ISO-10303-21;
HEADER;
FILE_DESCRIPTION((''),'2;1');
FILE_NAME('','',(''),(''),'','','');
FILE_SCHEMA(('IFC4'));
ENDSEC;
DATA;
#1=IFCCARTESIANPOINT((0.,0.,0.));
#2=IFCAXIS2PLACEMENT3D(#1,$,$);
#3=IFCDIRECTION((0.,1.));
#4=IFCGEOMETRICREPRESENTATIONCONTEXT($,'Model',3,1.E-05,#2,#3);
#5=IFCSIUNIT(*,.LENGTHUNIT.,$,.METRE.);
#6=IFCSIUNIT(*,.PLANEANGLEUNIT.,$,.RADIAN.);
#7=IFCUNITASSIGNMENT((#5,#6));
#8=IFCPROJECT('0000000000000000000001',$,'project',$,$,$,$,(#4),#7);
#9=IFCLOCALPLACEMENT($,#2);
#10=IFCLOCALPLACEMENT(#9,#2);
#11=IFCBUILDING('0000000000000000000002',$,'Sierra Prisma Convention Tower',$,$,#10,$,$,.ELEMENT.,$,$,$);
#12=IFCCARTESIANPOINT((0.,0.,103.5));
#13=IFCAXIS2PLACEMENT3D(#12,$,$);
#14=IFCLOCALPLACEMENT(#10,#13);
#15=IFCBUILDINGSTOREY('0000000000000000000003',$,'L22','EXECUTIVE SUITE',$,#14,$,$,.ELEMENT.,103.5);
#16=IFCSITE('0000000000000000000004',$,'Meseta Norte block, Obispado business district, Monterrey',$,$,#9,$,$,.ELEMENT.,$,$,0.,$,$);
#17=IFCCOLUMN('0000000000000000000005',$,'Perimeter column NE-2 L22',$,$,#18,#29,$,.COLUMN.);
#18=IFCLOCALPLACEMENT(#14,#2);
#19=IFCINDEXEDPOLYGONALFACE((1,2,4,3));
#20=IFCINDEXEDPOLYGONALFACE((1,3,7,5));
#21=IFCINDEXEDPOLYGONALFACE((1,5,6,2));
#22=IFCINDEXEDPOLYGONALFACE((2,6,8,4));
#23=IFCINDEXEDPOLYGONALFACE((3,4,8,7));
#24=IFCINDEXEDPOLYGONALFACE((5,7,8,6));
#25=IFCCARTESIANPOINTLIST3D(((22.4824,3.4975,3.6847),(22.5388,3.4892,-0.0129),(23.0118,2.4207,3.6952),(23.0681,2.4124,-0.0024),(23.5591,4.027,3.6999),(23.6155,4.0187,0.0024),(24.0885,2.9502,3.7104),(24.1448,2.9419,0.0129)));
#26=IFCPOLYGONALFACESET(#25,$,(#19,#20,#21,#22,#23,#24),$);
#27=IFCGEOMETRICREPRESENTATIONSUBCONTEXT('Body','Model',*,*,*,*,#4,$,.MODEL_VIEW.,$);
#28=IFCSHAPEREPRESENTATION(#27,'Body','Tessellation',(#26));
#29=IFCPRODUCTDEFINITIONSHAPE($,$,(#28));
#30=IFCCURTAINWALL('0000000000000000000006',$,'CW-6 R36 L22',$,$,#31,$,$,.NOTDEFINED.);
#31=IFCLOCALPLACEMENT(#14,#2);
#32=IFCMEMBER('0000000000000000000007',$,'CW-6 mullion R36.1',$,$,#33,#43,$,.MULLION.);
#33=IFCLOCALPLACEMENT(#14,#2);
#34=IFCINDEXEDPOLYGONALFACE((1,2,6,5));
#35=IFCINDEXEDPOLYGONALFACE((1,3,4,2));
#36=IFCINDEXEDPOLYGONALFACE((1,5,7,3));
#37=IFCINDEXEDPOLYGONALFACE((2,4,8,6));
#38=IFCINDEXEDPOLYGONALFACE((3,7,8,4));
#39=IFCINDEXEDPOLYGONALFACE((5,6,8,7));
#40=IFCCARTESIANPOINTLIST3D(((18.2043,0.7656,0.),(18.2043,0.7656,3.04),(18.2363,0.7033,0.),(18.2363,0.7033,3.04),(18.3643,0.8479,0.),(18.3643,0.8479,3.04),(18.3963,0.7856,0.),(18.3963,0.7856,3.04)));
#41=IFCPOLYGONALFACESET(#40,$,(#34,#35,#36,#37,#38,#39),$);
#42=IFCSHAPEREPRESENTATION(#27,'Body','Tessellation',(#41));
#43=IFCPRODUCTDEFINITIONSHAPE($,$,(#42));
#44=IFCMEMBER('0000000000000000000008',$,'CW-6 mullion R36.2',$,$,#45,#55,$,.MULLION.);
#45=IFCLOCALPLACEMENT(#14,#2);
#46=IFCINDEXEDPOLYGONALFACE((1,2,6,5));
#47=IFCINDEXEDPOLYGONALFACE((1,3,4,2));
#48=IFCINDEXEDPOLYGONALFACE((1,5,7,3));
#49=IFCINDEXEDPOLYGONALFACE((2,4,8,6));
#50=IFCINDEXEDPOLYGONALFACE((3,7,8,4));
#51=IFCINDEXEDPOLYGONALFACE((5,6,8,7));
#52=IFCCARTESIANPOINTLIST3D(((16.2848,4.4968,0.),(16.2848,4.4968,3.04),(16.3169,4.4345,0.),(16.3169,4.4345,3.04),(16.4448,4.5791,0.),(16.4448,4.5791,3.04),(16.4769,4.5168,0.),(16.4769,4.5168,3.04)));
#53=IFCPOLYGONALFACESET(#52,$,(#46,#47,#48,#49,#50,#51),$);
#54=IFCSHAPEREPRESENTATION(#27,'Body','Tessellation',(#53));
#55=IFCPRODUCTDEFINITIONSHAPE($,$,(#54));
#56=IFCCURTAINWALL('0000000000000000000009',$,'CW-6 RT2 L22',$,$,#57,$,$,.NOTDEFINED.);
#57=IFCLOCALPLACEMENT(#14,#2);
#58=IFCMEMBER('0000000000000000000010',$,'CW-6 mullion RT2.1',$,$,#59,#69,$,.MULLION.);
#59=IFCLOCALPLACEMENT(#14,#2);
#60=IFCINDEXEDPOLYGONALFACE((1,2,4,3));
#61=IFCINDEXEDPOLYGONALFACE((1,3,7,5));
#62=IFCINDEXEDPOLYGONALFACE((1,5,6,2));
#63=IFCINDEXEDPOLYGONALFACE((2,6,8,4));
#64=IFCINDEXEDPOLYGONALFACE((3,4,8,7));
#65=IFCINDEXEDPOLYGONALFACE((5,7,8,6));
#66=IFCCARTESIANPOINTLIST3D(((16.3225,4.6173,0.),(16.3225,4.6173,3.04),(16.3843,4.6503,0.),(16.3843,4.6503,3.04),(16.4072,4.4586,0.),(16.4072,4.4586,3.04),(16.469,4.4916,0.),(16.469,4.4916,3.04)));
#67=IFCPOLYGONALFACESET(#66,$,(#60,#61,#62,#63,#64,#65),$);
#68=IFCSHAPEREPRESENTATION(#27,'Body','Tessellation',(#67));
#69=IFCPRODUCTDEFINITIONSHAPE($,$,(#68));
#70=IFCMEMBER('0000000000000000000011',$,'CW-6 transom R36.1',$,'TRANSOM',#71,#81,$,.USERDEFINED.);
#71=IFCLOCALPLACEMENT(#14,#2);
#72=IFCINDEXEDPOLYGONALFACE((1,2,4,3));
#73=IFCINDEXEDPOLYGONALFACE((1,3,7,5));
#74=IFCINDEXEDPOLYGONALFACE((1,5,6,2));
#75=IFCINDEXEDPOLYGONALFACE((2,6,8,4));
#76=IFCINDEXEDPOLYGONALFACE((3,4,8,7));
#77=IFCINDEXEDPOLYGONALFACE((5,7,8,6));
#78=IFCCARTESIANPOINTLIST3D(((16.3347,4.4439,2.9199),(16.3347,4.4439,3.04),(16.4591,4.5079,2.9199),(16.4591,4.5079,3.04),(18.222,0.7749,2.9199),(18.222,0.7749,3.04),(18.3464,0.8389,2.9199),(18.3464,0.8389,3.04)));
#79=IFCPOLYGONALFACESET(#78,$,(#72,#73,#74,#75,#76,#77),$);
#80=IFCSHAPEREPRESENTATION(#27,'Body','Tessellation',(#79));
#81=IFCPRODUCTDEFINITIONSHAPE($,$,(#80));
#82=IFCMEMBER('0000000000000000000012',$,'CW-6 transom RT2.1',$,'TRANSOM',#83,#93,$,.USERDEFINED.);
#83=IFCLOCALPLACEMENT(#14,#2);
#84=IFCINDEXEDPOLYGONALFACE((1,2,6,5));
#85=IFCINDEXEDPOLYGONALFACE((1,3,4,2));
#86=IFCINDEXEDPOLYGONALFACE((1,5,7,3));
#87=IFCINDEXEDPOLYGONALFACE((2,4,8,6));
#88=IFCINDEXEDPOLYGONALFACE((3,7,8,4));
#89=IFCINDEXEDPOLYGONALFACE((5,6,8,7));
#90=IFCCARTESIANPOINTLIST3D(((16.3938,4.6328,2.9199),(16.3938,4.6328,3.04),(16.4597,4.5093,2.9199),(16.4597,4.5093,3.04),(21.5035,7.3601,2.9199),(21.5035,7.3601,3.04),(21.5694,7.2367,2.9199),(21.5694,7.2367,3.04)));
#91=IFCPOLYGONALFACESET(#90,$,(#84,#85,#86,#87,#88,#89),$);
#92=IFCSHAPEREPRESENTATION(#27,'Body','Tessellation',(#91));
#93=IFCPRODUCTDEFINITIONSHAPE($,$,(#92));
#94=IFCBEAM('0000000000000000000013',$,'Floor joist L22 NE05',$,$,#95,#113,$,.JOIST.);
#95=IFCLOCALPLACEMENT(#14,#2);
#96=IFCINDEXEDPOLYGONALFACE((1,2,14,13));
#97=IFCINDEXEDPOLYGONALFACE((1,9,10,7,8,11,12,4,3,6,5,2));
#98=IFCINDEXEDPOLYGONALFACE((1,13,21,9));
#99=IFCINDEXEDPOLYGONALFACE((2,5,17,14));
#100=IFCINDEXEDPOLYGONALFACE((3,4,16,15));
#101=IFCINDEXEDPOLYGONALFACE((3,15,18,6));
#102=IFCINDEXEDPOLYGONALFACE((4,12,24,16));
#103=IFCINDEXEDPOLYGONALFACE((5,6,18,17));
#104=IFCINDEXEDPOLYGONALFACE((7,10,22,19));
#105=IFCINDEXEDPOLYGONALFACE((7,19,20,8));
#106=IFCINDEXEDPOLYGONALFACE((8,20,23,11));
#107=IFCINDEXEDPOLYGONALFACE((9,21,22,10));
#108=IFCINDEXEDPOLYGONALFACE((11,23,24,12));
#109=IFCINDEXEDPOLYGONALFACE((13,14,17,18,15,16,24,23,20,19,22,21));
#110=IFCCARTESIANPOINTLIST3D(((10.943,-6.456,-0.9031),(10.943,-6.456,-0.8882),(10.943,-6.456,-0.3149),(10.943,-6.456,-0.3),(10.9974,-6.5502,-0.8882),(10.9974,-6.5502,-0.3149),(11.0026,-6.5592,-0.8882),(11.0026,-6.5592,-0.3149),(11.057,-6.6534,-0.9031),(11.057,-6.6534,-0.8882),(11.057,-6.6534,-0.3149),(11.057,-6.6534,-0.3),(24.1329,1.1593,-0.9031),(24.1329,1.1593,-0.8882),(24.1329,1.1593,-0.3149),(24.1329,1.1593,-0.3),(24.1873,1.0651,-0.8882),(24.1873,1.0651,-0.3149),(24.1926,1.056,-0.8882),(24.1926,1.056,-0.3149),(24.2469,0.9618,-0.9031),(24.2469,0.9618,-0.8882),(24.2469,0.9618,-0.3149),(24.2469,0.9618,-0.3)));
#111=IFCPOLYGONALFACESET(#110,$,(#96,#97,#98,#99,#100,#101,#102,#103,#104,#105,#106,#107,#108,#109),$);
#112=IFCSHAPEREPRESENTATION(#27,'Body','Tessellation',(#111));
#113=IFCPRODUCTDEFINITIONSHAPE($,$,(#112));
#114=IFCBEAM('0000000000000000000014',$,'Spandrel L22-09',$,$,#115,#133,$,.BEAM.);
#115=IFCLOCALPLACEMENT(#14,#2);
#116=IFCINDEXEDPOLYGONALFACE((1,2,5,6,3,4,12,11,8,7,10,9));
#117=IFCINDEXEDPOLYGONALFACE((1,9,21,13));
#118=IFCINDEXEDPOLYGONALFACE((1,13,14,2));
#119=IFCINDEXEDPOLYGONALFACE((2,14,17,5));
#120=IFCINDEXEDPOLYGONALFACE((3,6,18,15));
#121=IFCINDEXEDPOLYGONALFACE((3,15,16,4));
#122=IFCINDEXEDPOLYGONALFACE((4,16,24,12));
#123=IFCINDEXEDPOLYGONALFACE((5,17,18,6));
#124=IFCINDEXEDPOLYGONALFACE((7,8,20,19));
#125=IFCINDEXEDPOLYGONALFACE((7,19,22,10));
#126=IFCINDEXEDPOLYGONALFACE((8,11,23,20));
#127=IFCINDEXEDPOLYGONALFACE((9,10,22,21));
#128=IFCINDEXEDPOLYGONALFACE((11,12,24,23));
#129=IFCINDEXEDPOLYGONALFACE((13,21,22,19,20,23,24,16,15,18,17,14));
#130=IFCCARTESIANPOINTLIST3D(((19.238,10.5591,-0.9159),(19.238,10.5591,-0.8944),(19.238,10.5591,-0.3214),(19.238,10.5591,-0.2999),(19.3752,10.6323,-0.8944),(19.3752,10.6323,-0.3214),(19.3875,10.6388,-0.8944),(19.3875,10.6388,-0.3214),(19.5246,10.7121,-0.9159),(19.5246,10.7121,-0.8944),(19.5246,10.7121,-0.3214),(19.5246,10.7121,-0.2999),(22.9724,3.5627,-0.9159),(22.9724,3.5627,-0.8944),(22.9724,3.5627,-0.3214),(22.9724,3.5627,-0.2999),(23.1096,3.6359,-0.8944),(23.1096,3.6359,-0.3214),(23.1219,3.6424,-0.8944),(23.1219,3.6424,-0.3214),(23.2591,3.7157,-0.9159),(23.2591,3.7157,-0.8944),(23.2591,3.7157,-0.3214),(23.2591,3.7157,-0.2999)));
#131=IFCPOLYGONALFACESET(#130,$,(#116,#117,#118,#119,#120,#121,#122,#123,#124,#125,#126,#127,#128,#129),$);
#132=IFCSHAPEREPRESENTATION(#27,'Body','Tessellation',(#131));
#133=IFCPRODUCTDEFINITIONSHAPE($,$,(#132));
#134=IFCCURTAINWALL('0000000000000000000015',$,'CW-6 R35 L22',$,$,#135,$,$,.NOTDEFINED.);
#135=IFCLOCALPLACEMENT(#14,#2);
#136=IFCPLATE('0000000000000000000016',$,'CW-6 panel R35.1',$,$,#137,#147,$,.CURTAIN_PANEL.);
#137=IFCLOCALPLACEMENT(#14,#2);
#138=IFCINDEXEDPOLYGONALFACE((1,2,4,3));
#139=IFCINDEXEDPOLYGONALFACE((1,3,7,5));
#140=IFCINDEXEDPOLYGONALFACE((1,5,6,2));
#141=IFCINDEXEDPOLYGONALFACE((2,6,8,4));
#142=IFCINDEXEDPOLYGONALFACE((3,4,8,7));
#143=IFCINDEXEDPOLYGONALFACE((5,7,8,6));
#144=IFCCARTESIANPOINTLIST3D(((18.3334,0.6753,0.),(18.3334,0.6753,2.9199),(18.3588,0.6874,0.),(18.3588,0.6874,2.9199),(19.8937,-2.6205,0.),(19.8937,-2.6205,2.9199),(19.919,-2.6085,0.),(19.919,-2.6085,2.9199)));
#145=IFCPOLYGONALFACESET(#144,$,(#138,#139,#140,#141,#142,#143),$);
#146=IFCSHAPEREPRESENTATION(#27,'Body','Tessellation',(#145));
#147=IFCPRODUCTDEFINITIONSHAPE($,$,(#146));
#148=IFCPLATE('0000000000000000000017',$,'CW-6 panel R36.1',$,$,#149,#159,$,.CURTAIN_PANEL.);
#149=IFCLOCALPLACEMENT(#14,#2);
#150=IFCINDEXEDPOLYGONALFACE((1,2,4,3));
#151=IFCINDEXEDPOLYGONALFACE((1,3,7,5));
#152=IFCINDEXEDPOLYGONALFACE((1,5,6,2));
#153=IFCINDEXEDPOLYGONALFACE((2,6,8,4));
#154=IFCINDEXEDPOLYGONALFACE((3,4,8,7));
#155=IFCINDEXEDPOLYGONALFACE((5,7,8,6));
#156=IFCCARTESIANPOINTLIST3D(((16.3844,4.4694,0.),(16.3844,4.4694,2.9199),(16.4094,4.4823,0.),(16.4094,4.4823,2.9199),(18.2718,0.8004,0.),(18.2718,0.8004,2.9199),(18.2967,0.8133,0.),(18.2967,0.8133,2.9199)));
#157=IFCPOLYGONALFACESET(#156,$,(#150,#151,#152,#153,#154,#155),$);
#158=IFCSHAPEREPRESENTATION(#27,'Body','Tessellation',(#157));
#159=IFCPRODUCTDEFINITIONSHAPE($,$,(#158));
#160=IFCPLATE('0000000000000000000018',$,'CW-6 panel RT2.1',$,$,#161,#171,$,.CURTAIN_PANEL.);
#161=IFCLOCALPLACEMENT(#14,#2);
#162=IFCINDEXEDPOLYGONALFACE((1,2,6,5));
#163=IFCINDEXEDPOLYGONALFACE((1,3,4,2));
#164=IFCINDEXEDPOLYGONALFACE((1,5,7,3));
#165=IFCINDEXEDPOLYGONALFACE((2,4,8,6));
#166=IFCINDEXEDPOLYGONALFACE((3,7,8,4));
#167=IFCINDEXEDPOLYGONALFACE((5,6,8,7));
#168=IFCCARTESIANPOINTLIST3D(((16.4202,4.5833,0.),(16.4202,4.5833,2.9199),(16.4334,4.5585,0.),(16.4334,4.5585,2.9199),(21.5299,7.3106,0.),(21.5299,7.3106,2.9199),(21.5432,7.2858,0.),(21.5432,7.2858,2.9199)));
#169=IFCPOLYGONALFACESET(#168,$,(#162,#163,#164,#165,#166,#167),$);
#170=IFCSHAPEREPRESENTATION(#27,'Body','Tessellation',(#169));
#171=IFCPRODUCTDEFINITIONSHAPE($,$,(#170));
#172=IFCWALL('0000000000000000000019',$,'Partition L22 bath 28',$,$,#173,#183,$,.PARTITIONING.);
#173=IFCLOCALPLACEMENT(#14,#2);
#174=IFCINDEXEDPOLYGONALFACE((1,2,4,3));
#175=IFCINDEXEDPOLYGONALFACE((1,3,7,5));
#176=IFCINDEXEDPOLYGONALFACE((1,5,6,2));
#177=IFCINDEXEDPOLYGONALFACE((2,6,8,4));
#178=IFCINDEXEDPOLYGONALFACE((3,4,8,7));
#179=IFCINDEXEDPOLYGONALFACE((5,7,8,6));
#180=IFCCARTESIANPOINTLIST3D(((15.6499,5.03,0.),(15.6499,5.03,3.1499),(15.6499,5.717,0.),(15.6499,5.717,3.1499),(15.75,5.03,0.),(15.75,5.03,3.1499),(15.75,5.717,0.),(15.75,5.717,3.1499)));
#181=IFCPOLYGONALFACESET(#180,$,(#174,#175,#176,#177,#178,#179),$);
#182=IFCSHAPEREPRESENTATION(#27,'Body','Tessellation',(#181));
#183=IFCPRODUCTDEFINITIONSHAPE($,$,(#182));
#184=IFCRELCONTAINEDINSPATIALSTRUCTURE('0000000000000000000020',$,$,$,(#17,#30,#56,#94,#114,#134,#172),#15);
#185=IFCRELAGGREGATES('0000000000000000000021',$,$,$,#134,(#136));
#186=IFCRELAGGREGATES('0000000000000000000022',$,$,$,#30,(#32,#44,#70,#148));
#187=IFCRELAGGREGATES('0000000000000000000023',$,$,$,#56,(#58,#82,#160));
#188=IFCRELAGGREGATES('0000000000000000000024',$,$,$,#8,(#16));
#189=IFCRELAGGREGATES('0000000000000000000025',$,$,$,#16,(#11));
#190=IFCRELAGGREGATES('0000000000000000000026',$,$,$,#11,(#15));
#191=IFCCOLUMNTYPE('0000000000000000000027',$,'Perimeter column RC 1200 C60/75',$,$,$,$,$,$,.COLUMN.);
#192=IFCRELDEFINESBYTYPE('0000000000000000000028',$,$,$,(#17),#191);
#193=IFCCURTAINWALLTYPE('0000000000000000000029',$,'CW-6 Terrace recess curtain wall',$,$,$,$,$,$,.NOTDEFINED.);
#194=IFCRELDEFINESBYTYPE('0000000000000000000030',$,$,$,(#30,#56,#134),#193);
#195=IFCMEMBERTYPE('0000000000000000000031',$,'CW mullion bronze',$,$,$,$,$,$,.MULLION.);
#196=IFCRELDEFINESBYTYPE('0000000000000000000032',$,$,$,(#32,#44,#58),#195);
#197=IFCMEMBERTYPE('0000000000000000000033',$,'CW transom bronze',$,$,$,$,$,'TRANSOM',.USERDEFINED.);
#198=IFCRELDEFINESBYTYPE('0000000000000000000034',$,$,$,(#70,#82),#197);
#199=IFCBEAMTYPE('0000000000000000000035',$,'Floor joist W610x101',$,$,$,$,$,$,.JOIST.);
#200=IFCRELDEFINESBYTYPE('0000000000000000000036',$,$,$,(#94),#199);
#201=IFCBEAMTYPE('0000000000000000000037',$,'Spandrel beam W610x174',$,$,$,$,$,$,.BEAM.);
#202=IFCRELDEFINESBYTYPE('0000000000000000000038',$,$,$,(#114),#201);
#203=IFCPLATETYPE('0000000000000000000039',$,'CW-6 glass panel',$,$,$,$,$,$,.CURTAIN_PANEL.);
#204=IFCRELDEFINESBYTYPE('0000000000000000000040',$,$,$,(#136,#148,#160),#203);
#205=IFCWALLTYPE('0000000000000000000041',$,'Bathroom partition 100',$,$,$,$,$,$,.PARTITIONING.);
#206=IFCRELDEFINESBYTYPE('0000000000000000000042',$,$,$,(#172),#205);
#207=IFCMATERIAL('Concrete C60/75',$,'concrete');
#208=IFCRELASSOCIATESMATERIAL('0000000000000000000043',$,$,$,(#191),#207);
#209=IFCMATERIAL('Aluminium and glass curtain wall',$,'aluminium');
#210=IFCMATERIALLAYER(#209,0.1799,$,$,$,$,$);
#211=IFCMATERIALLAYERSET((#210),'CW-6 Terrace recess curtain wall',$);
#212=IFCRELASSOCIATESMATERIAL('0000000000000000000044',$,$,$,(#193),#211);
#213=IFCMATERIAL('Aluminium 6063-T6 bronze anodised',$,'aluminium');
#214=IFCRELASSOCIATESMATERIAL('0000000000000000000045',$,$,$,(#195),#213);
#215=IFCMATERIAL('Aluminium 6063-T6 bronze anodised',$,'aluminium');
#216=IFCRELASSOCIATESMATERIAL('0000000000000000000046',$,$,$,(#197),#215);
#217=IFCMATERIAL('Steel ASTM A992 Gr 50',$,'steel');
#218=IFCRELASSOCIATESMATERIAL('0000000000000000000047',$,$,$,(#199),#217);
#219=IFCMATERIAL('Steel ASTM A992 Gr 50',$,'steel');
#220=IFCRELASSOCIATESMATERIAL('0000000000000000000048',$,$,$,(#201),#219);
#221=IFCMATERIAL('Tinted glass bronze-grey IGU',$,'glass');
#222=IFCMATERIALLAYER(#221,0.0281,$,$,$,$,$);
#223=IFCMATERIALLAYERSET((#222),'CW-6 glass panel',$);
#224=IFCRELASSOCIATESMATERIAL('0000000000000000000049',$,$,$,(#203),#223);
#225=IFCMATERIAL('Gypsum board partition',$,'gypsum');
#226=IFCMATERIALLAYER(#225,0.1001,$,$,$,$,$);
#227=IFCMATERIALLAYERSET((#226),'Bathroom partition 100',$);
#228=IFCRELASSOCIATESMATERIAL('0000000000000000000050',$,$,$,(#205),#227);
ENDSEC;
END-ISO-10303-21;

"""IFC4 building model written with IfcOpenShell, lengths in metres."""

from ifc_helpers import new_model, si_unit, direction, frame, frame_2d, origin, origin_2d, place, context, subcontext, project, spatial, rectangle, i_section, extrude, clip, halfspace, material, layer, layer_set, material_profile, profile_set, type_object, element, aggregate, save


model = new_model("IFC4")

# Units and contexts
model_context = context("Model", 3, precision=1e-05, world=origin(), true_north=direction((0.0, 1.0)))
body_context = subcontext(model_context, "Body", "Model", "MODEL_VIEW")
ifc_project = project(units=[si_unit("LENGTHUNIT", "METRE"), si_unit("PLANEANGLEUNIT", "RADIAN")], contexts=[model_context])

# Site, building, storey
site_placement = place(None, origin())
site = spatial("IfcSite", under=ifc_project, at=site_placement, Name="Meseta Norte block, Obispado business district, Monterrey", CompositionType="ELEMENT", RefElevation=0.0)
building_placement = place(site_placement, origin())
building = spatial("IfcBuilding", under=site, at=building_placement, Name="Sierra Prisma Convention Tower", CompositionType="ELEMENT")
storey_placement = place(building_placement, frame((0.0, 0.0, 103.5)))
storey = spatial("IfcBuildingStorey", under=building, at=storey_placement, Name="L22", Description="EXECUTIVE SUITE", CompositionType="ELEMENT", Elevation=103.5)

# Column
ifc_material_1 = material(Name="Concrete C60/75", Category="concrete")
ifc_material_profile_1 = material_profile(ifc_material_1, rectangle(XDim=1.2, YDim=1.2, at=origin_2d()), Name="Perimeter column RC 1200 C60/75")
ifc_profile_set_1 = profile_set([ifc_material_profile_1], Name="Concrete C60/75")
column_type = type_object("IfcColumnType", Name="Perimeter column RC 1200 C60/75", PredefinedType="COLUMN", material=ifc_profile_set_1)
column_placement = place(storey_placement, frame((23.3418, 3.2156, 0.0), z_axis=(-0.015241, 0.002243, 0.999881), x_axis=(-0.44117, 0.897381, -0.008738)))
element("IfcColumn", 1, at=column_placement, inside=storey, type_object=column_type, Name="Perimeter column NE-2 L22", PredefinedType="COLUMN", context=body_context, shape_type="SweptSolid", body=[
    clip(extrude(rectangle(XDim=1.2, YDim=1.2, at=origin_2d()), origin(), (0.0, 0.0, 1.0), 3.7004), halfspace(frame((0.0, 0.0, 3.698)), False)),
])

# Curtain wall, members
ifc_material_2 = material(Name="Aluminium and glass curtain wall", Category="aluminium")
ifc_layer_1 = layer(ifc_material_2, 0.1799)
ifc_layer_set_1 = layer_set([ifc_layer_1], Name="CW-6 Terrace recess curtain wall")
curtain_wall_type = type_object("IfcCurtainWallType", Name="CW-6 Terrace recess curtain wall", PredefinedType="NOTDEFINED", material=ifc_layer_set_1)
curtain_wall_1_placement = place(storey_placement, origin())
curtain_wall_1 = element("IfcCurtainWall", 2, at=curtain_wall_1_placement, inside=storey, type_object=curtain_wall_type, Name="CW-6 R36 L22", PredefinedType="NOTDEFINED")
ifc_material_3 = material(Name="Aluminium 6063-T6 bronze anodised", Category="aluminium")
ifc_material_profile_2 = material_profile(ifc_material_3, rectangle(XDim=0.1799, YDim=0.0701, at=origin_2d()), Name="ALU MULLION 70x180")
ifc_profile_set_2 = profile_set([ifc_material_profile_2], Name="Aluminium 6063-T6 bronze anodised")
member_type_1 = type_object("IfcMemberType", Name="CW mullion bronze", PredefinedType="MULLION", material=ifc_profile_set_2)
member_1_placement = place(storey_placement, frame((18.3003, 0.7756, 0.0), z_axis=(0.0, 0.0, 1.0), x_axis=(-0.889248, -0.457426, 0.0)))
member_1 = element("IfcMember", 3, at=member_1_placement, type_object=member_type_1, Name="CW-6 mullion R36.1", PredefinedType="MULLION", context=body_context, shape_type="SweptSolid", body=[
    extrude(rectangle(XDim=0.1799, YDim=0.0701, at=origin_2d()), origin(), (0.0, 0.0, 1.0), 3.04),
])
member_2_placement = place(storey_placement, frame((16.3809, 4.5068, 0.0), z_axis=(0.0, 0.0, 1.0), x_axis=(-0.889248, -0.457426, 0.0)))
member_2 = element("IfcMember", 4, at=member_2_placement, type_object=member_type_1, Name="CW-6 mullion R36.2", PredefinedType="MULLION", context=body_context, shape_type="SweptSolid", body=[
    extrude(rectangle(XDim=0.1799, YDim=0.0701, at=origin_2d()), origin(), (0.0, 0.0, 1.0), 3.04),
])

# Curtain wall, member
curtain_wall_2_placement = place(storey_placement, origin())
curtain_wall_2 = element("IfcCurtainWall", 5, at=curtain_wall_2_placement, inside=storey, type_object=curtain_wall_type, Name="CW-6 RT2 L22", PredefinedType="NOTDEFINED")
member_3_placement = place(storey_placement, frame((16.3958, 4.5544, 0.0), z_axis=(0.0, 0.0, 1.0), x_axis=(-0.470872, 0.882201, 0.0)))
member_3 = element("IfcMember", 6, at=member_3_placement, type_object=member_type_1, Name="CW-6 mullion RT2.1", PredefinedType="MULLION", context=body_context, shape_type="SweptSolid", body=[
    extrude(rectangle(XDim=0.1799, YDim=0.0701, at=origin_2d()), origin(), (0.0, 0.0, 1.0), 3.04),
])

# Members
ifc_material_4 = material(Name="Aluminium 6063-T6 bronze anodised", Category="aluminium")
ifc_material_profile_3 = material_profile(ifc_material_4, rectangle(XDim=0.1399, YDim=0.1201, at=origin_2d()), Name="ALU TRANSOM 120x140")
ifc_profile_set_3 = profile_set([ifc_material_profile_3], Name="Aluminium 6063-T6 bronze anodised")
member_type_2 = type_object("IfcMemberType", Name="CW transom bronze", ElementType="TRANSOM", PredefinedType="USERDEFINED", material=ifc_profile_set_3)
member_4_placement = place(storey_placement, frame((18.2842, 0.8069, 2.98), z_axis=(-0.45741, 0.889256, 0.0), x_axis=(-0.889256, -0.45741, 0.0)))
member_4 = element("IfcMember", 7, at=member_4_placement, type_object=member_type_2, Name="CW-6 transom R36.1", ObjectType="TRANSOM", PredefinedType="USERDEFINED", context=body_context, shape_type="SweptSolid", body=[
    extrude(rectangle(XDim=0.1399, YDim=0.1201, at=origin_2d()), origin(), (0.0, 0.0, 1.0), 4.126),
])
member_5_placement = place(storey_placement, frame((16.4268, 4.571, 2.98), z_axis=(0.882198, 0.470879, 0.0), x_axis=(-0.470879, 0.882198, 0.0)))
member_5 = element("IfcMember", 8, at=member_5_placement, type_object=member_type_2, Name="CW-6 transom RT2.1", ObjectType="TRANSOM", PredefinedType="USERDEFINED", context=body_context, shape_type="SweptSolid", body=[
    extrude(rectangle(XDim=0.1399, YDim=0.1201, at=origin_2d()), origin(), (0.0, 0.0, 1.0), 5.792),
])

# Beams
ifc_material_5 = material(Name="Steel ASTM A992 Gr 50", Category="steel")
ifc_material_profile_4 = material_profile(ifc_material_5, i_section(OverallWidth=0.228, OverallDepth=0.603, WebThickness=0.0105, FlangeThickness=0.0149, at=origin_2d()), Name="W610x101")
ifc_profile_set_4 = profile_set([ifc_material_profile_4], Name="Steel ASTM A992 Gr 50")
beam_type_1 = type_object("IfcBeamType", Name="Floor joist W610x101", PredefinedType="JOIST", material=ifc_profile_set_4)
beam_1_placement = place(storey_placement, frame((24.1899, 1.0605, -0.6016), z_axis=(-0.866025, -0.500001, 0.0), x_axis=(0.500001, -0.866025, 0.0)))
element("IfcBeam", 9, at=beam_1_placement, inside=storey, type_object=beam_type_1, Name="Floor joist L22 NE05", PredefinedType="JOIST", context=body_context, shape_type="SweptSolid", body=[
    extrude(i_section(OverallWidth=0.228, OverallDepth=0.603, WebThickness=0.0105, FlangeThickness=0.0149, at=origin_2d()), origin(), (0.0, 0.0, 1.0), 15.2305),
])
ifc_material_6 = material(Name="Steel ASTM A992 Gr 50", Category="steel")
ifc_material_profile_5 = material_profile(ifc_material_6, i_section(OverallWidth=0.325, OverallDepth=0.616, WebThickness=0.0139, FlangeThickness=0.0215, at=origin_2d()), Name="W610x174")
ifc_profile_set_5 = profile_set([ifc_material_profile_5], Name="Steel ASTM A992 Gr 50")
beam_type_2 = type_object("IfcBeamType", Name="Spandrel beam W610x174", PredefinedType="BEAM", material=ifc_profile_set_5)
beam_2_placement = place(storey_placement, frame((23.1157, 3.6392, -0.6079), z_axis=(-0.470882, 0.882196, 0.0), x_axis=(-0.882196, -0.470882, 0.0)))
element("IfcBeam", 10, at=beam_2_placement, inside=storey, type_object=beam_type_2, Name="Spandrel L22-09", PredefinedType="BEAM", context=body_context, shape_type="SweptSolid", body=[
    extrude(i_section(OverallWidth=0.325, OverallDepth=0.616, WebThickness=0.0139, FlangeThickness=0.0215, at=origin_2d()), origin(), (0.0, 0.0, 1.0), 7.9307),
])

# Curtain wall, plate
curtain_wall_3_placement = place(storey_placement, origin())
curtain_wall_3 = element("IfcCurtainWall", 11, at=curtain_wall_3_placement, inside=storey, type_object=curtain_wall_type, Name="CW-6 R35 L22", PredefinedType="NOTDEFINED")
ifc_material_7 = material(Name="Tinted glass bronze-grey IGU", Category="glass")
ifc_layer_2 = layer(ifc_material_7, 0.0281)
ifc_layer_set_2 = layer_set([ifc_layer_2], Name="CW-6 glass panel")
plate_type = type_object("IfcPlateType", Name="CW-6 glass panel", PredefinedType="CURTAIN_PANEL", material=ifc_layer_set_2)
plate_1_placement = place(storey_placement, frame((19.1262, -0.9666, 0.0), z_axis=(0.0, 0.0, 1.0), x_axis=(-0.427884, 0.903834, 0.0)))
plate_1 = element("IfcPlate", 12, at=plate_1_placement, type_object=plate_type, Name="CW-6 panel R35.1", PredefinedType="CURTAIN_PANEL", context=body_context, shape_type="SweptSolid", body=[
    extrude(rectangle(XDim=3.6465, YDim=0.0281, at=origin_2d()), origin(), (0.0, 0.0, 1.0), 2.9199),
])
aggregate(curtain_wall_3, [plate_1])

# Plates
plate_2_placement = place(storey_placement, frame((17.3406, 2.6414, 0.0), z_axis=(0.0, 0.0, 1.0), x_axis=(-0.457426, 0.889248, 0.0)))
plate_2 = element("IfcPlate", 13, at=plate_2_placement, type_object=plate_type, Name="CW-6 panel R36.1", PredefinedType="CURTAIN_PANEL", context=body_context, shape_type="SweptSolid", body=[
    extrude(rectangle(XDim=4.126, YDim=0.0281, at=origin_2d()), origin(), (0.0, 0.0, 1.0), 2.9199),
])
aggregate(curtain_wall_1, [member_1, member_2, member_4, plate_2])
plate_3_placement = place(storey_placement, frame((18.9817, 5.9346, 0.0), z_axis=(0.0, 0.0, 1.0), x_axis=(0.882201, 0.470872, 0.0)))
plate_3 = element("IfcPlate", 14, at=plate_3_placement, type_object=plate_type, Name="CW-6 panel RT2.1", PredefinedType="CURTAIN_PANEL", context=body_context, shape_type="SweptSolid", body=[
    extrude(rectangle(XDim=5.792, YDim=0.0281, at=origin_2d()), origin(), (0.0, 0.0, 1.0), 2.9199),
])
aggregate(curtain_wall_2, [member_3, member_5, plate_3])

# Wall
ifc_material_8 = material(Name="Gypsum board partition", Category="gypsum")
ifc_layer_3 = layer(ifc_material_8, 0.1001)
ifc_layer_set_3 = layer_set([ifc_layer_3], Name="Bathroom partition 100")
wall_type_1 = type_object("IfcWallType", Name="Bathroom partition 100", PredefinedType="PARTITIONING", material=ifc_layer_set_3)
wall_1_placement = place(storey_placement, frame((15.7, 5.717, 0.0), z_axis=(0.0, 0.0, 1.0), x_axis=(0.0, -1.0, 0.0)))
element("IfcWall", 15, at=wall_1_placement, inside=storey, type_object=wall_type_1, Name="Partition L22 bath 28", PredefinedType="PARTITIONING", context=body_context, shape_type="SweptSolid", body=[
    extrude(rectangle(XDim=0.687, YDim=0.1001, at=frame_2d((0.3435, 0.0))), origin(), (0.0, 0.0, 1.0), 3.1499),
])

save(model, "model.ifc")
